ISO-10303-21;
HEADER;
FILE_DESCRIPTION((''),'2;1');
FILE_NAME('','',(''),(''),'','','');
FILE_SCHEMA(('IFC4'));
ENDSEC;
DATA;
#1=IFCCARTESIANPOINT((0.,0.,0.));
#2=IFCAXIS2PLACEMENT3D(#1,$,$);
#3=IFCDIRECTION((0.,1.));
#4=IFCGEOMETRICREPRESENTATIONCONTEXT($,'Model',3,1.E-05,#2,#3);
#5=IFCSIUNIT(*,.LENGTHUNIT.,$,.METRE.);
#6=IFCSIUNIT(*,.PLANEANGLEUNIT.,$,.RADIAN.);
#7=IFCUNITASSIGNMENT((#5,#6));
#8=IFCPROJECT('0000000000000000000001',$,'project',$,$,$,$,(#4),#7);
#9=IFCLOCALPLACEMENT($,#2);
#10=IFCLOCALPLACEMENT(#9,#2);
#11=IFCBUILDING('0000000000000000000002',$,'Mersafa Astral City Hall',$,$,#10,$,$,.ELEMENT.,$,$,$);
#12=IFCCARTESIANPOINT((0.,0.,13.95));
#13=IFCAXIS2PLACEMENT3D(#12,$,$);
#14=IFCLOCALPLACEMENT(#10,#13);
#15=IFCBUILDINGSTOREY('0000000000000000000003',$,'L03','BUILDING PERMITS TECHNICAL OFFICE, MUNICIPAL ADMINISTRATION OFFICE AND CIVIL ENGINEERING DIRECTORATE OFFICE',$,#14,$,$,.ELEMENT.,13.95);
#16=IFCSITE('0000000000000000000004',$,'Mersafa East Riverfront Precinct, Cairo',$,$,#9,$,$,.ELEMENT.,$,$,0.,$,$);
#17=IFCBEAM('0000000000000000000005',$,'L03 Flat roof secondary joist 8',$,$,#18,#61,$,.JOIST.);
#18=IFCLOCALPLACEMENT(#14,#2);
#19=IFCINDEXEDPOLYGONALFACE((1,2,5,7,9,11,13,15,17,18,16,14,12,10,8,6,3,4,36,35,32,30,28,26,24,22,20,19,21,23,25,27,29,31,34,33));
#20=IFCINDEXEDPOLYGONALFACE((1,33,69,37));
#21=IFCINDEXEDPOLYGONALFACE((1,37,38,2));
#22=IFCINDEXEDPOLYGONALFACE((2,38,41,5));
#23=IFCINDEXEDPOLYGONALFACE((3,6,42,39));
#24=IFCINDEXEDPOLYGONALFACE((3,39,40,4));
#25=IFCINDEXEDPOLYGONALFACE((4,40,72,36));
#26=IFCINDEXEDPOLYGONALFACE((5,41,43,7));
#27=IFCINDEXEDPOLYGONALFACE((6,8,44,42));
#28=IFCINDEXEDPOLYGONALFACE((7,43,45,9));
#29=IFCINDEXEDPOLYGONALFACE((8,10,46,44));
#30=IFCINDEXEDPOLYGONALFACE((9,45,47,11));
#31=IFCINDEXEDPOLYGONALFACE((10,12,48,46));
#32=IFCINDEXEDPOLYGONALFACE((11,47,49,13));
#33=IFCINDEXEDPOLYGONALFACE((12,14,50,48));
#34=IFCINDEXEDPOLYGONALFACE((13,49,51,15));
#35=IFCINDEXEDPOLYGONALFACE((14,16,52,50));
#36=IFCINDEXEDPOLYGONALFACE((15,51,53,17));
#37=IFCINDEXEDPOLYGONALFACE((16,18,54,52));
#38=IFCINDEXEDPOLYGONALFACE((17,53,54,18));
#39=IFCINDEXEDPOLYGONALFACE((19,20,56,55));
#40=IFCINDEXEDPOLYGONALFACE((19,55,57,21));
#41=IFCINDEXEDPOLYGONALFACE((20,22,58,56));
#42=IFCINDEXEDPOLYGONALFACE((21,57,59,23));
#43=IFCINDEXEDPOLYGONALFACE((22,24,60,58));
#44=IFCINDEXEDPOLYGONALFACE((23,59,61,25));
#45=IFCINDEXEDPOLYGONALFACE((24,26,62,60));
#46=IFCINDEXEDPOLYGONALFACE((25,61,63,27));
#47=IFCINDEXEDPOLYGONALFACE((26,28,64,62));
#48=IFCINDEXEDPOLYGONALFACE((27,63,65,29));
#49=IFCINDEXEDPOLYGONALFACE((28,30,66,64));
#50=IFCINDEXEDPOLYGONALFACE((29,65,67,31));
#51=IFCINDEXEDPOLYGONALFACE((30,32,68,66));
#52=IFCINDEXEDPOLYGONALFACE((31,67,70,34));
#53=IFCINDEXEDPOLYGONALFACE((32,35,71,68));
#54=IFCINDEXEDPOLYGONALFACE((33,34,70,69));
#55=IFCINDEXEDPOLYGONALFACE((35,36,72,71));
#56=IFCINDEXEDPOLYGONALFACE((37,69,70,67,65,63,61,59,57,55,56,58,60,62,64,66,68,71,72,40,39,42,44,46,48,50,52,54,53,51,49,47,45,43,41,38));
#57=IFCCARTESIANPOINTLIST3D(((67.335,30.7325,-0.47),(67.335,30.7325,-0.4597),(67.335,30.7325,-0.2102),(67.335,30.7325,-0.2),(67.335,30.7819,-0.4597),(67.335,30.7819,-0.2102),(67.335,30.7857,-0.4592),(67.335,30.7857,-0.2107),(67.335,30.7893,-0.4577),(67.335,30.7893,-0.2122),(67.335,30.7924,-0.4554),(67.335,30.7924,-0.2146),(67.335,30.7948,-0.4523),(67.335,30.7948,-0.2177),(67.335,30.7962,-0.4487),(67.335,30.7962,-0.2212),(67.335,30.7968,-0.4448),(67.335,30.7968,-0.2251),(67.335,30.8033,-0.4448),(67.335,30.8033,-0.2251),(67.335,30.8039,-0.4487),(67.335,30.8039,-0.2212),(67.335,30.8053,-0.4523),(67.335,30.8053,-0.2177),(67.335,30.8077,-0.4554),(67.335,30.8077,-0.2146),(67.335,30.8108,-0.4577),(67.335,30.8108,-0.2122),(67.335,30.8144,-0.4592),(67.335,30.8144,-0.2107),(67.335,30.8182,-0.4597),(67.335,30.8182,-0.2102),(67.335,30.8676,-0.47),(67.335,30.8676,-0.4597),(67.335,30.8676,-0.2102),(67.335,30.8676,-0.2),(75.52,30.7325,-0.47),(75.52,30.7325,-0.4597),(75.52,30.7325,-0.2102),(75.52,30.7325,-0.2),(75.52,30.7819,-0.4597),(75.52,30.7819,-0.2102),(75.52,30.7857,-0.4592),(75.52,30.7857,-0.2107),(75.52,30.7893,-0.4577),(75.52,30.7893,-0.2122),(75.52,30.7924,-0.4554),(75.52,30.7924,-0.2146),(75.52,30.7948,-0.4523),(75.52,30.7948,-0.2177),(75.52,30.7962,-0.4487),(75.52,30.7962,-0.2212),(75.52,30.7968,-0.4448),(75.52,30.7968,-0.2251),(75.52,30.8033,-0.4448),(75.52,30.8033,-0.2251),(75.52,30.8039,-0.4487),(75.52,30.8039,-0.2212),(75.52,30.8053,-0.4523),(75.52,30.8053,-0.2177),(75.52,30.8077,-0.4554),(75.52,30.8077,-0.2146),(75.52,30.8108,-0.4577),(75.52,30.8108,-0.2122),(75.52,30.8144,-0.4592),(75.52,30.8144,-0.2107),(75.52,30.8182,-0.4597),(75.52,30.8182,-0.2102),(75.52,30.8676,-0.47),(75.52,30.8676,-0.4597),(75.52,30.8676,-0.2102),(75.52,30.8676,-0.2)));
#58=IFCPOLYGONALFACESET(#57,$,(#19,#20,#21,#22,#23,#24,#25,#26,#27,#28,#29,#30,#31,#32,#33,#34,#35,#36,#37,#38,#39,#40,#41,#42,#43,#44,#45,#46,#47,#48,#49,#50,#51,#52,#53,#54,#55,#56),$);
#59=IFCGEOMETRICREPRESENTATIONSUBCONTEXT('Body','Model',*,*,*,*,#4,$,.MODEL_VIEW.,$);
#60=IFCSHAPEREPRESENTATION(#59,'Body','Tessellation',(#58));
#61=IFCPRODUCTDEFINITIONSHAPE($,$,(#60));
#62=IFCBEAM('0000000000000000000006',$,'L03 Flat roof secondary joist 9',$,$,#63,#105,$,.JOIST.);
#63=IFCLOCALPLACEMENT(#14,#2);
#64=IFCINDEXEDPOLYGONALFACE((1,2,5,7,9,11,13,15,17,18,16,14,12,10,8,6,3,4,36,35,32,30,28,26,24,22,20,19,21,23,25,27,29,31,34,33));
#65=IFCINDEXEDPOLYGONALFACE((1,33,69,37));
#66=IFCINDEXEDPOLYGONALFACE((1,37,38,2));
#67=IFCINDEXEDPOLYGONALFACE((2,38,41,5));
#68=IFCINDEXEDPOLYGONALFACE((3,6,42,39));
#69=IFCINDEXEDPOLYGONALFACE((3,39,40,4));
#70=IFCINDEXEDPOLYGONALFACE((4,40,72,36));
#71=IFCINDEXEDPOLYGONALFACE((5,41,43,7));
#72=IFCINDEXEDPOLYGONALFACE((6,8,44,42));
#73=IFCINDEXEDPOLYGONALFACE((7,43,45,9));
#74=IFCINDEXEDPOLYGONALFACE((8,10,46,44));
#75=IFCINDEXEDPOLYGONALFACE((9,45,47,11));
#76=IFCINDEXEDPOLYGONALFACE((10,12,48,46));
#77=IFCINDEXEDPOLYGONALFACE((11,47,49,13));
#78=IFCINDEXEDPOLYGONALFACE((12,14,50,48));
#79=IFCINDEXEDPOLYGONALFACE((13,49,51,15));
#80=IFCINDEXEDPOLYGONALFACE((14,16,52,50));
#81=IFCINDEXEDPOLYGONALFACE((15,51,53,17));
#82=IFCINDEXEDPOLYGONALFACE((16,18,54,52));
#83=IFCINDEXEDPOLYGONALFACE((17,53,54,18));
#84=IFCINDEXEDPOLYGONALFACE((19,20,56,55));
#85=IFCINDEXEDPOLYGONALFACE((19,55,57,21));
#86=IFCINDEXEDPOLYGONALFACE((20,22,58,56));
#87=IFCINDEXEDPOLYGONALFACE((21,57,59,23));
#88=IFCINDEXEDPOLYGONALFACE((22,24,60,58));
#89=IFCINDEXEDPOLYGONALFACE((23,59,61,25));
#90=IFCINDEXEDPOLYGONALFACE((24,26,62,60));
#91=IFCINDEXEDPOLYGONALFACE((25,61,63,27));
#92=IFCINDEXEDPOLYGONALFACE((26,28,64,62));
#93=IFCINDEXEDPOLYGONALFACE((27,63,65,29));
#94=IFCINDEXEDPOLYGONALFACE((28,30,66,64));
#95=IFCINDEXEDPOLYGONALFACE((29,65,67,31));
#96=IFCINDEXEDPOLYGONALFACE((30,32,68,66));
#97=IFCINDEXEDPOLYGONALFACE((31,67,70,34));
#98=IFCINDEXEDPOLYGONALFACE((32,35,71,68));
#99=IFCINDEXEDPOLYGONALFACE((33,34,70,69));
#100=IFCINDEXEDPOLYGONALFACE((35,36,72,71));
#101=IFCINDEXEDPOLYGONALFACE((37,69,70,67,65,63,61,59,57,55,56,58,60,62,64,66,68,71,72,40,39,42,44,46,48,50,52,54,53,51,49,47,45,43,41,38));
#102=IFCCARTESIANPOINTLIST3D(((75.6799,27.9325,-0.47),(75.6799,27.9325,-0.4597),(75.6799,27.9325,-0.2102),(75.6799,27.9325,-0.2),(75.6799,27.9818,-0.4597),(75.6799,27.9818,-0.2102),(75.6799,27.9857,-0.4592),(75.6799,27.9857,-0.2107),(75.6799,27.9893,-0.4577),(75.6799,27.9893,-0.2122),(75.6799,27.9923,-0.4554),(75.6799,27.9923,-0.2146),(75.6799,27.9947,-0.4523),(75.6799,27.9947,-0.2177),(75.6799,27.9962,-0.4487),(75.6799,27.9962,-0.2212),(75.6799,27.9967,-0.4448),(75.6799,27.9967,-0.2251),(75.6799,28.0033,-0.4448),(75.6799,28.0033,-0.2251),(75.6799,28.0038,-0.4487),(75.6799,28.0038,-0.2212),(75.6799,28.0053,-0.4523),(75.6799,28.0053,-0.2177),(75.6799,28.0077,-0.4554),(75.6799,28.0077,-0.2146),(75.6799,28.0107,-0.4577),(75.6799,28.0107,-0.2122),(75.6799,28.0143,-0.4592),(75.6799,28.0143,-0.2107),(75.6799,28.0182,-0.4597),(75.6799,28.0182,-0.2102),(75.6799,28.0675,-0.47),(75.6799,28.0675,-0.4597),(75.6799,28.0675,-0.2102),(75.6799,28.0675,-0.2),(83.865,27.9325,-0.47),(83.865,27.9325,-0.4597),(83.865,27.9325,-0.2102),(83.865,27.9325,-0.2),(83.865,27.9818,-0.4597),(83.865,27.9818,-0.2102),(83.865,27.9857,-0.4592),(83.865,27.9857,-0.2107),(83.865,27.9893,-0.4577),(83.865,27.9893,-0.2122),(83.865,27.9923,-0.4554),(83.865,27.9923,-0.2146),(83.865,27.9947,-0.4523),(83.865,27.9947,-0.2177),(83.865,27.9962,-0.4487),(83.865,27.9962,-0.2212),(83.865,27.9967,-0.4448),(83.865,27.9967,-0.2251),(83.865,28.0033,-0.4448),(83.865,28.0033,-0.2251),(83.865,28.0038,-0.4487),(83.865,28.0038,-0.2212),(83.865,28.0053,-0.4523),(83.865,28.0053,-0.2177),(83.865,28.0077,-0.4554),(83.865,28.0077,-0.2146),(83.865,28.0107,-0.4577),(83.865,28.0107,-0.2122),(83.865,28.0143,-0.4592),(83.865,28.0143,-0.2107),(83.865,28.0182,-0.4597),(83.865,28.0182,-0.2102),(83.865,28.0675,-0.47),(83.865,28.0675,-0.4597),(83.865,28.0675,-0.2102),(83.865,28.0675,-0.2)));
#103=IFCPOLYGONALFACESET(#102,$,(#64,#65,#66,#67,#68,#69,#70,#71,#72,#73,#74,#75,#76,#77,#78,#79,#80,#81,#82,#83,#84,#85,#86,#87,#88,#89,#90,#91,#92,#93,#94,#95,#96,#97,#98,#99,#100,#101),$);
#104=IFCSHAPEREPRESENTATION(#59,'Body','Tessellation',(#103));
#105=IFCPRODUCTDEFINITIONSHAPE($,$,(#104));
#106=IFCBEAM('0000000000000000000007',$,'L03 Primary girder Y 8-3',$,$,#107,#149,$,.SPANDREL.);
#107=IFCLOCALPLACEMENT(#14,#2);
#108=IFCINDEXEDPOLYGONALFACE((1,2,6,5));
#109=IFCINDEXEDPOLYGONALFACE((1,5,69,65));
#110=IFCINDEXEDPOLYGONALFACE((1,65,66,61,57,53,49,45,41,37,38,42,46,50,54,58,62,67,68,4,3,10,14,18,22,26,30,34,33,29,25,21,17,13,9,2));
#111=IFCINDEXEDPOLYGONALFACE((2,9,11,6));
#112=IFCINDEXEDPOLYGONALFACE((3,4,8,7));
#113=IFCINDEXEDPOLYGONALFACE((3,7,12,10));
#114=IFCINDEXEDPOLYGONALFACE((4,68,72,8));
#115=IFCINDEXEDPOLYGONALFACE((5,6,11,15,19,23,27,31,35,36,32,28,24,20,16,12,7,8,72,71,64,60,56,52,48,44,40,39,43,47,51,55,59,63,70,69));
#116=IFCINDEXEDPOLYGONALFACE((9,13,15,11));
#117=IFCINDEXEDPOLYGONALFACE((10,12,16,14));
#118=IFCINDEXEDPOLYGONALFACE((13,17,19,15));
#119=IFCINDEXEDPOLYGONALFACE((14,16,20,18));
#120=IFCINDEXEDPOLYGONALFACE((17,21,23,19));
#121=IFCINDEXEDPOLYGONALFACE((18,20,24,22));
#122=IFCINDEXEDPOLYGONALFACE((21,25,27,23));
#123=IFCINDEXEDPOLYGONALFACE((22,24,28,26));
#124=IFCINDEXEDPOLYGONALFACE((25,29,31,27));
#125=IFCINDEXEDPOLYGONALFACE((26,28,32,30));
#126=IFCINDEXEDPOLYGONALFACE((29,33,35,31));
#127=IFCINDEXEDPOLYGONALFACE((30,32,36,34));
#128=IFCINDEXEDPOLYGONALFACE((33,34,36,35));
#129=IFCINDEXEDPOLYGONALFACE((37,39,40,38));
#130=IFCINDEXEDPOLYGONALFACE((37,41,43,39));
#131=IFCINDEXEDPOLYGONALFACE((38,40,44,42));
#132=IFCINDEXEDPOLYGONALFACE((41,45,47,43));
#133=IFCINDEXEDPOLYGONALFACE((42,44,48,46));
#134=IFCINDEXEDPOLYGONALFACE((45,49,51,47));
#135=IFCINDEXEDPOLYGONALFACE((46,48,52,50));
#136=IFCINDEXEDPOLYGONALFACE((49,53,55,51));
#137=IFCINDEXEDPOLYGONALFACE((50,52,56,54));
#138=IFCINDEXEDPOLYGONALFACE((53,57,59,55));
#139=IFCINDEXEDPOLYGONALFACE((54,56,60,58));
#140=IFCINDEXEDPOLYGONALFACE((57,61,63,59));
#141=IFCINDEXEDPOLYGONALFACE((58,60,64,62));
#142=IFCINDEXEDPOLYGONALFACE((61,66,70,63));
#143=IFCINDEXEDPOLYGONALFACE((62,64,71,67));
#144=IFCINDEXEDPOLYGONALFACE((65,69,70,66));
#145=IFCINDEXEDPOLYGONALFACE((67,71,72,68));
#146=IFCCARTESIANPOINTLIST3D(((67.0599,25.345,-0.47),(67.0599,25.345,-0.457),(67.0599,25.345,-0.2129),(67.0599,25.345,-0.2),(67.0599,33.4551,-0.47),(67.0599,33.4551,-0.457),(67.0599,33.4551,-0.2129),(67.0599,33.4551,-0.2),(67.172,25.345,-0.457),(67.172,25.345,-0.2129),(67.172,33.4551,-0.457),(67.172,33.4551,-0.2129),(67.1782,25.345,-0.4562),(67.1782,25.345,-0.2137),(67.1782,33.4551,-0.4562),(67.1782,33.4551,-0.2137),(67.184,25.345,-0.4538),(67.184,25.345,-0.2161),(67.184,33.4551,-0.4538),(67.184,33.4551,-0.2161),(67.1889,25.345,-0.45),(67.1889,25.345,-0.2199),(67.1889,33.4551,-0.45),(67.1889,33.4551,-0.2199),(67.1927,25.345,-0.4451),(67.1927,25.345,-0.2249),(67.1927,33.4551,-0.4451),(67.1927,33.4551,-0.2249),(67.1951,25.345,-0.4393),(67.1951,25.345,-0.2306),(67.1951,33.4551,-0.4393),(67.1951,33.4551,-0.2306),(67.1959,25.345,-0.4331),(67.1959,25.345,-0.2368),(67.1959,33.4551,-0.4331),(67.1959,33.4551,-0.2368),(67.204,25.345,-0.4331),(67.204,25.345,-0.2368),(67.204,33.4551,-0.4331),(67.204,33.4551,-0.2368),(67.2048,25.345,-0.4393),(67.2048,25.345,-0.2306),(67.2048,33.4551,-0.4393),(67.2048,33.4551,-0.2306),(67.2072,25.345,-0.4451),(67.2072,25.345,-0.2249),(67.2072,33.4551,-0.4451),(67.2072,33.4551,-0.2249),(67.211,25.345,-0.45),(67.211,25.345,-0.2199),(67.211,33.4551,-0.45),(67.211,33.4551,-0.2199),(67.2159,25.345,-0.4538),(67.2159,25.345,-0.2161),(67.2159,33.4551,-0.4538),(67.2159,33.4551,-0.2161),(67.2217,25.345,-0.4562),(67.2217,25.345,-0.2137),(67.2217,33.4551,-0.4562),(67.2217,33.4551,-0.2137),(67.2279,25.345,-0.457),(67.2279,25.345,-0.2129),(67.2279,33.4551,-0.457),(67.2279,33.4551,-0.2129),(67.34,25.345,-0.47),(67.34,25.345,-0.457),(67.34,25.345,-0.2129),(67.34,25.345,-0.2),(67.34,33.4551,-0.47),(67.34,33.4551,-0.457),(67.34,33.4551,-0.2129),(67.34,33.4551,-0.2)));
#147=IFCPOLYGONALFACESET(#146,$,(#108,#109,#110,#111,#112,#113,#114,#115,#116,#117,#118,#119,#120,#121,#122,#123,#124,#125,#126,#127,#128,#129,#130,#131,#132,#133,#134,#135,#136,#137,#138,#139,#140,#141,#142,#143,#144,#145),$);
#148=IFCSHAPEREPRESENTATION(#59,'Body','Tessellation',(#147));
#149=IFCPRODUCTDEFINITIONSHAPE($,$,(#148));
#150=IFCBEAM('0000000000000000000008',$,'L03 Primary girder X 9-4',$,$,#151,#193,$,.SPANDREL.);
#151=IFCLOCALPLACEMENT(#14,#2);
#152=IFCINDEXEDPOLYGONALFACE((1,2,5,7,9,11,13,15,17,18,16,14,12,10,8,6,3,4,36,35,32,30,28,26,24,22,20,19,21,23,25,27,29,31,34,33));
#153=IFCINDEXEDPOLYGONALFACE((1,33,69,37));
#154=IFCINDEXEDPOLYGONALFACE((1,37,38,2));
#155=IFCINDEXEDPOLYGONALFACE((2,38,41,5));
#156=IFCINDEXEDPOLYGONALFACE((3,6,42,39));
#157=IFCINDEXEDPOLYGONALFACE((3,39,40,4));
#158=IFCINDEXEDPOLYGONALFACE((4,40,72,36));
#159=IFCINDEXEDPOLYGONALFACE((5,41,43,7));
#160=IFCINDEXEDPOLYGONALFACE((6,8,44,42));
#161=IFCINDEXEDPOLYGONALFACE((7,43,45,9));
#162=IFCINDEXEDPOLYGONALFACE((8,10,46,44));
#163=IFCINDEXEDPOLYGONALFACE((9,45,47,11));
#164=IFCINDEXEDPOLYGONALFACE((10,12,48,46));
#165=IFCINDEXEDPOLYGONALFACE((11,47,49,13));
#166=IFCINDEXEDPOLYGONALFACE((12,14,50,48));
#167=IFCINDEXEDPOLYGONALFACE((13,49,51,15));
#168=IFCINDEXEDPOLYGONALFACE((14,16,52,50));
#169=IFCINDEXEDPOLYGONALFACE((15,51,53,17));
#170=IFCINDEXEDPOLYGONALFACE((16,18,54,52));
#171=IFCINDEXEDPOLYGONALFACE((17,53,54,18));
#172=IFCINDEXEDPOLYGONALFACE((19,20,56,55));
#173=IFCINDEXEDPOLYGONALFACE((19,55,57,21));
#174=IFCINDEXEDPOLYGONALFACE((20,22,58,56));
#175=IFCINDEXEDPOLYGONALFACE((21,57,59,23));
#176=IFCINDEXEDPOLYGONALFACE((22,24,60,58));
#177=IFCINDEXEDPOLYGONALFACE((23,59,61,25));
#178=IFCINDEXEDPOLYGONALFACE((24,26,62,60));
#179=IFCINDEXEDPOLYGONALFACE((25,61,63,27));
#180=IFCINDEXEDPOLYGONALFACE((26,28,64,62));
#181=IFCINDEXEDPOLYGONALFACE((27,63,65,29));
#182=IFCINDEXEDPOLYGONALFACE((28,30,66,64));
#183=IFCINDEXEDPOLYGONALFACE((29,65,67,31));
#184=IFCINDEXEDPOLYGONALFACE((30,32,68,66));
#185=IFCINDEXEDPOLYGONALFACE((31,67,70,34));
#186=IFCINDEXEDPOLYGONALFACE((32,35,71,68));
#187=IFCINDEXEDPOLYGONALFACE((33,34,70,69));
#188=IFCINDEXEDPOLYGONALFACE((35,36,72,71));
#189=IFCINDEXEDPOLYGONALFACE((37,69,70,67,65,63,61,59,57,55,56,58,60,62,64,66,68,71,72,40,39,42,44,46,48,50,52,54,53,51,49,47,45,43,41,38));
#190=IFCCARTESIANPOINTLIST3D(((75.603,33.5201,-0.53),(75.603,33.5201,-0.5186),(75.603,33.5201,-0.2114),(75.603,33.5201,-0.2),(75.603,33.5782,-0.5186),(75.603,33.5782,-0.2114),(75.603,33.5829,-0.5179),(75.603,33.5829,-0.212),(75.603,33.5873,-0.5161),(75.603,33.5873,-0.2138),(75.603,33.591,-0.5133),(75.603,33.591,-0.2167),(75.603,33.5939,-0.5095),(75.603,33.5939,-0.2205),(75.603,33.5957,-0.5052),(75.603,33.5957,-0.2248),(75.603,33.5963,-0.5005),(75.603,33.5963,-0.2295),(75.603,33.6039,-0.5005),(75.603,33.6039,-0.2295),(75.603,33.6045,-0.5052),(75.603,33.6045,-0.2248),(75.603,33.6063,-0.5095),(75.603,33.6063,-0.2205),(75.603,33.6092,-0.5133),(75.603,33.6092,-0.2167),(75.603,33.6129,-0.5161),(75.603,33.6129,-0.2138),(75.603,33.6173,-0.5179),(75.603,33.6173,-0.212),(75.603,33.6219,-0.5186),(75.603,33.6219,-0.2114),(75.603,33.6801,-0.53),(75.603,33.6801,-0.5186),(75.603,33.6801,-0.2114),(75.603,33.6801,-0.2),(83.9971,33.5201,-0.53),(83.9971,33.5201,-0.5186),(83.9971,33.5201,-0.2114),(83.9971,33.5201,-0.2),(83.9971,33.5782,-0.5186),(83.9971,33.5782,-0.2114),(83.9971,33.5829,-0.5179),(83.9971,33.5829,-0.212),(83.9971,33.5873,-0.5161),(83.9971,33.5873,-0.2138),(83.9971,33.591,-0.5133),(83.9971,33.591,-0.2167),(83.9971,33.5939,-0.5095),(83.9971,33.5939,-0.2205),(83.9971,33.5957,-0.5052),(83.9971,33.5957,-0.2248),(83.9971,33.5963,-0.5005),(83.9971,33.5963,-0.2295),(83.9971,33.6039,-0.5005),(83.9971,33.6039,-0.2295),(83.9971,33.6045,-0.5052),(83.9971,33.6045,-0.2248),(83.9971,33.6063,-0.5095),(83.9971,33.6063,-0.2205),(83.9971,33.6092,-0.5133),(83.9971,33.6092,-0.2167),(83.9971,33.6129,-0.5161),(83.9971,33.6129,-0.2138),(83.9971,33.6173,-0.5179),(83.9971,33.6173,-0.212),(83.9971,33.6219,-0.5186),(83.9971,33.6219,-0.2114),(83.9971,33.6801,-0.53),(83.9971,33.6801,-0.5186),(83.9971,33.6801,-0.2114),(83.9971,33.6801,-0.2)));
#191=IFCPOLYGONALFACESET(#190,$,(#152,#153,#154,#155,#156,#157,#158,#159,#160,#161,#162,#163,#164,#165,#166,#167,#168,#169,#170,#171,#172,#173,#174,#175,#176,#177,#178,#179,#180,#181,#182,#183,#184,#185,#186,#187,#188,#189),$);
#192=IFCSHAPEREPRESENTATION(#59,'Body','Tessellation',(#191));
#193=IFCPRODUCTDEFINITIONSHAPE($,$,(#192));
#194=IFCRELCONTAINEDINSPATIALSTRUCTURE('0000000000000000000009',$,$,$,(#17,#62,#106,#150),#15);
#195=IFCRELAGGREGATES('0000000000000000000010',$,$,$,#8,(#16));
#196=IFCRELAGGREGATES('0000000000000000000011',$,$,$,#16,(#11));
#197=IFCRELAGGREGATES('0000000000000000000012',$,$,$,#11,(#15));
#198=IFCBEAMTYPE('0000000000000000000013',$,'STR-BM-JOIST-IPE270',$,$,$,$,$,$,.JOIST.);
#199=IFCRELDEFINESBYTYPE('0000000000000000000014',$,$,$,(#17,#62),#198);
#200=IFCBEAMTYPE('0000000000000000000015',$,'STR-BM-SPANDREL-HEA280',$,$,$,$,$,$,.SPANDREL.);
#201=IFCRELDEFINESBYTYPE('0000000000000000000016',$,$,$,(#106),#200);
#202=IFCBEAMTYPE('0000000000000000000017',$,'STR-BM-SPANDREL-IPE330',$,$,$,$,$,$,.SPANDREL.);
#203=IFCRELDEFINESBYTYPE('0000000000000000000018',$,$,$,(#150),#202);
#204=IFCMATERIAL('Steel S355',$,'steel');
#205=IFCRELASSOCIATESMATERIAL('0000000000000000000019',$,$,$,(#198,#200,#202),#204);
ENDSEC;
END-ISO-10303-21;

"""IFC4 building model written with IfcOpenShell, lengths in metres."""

from ifc_helpers import new_model, si_unit, direction, frame, origin, origin_2d, place, context, subcontext, project, spatial, i_section, extrude, material, material_profile, profile_set, type_object, element, save


model = new_model("IFC4")

# Units and contexts
model_context = context("Model", 3, precision=1e-05, world=origin(), true_north=direction((0.0, 1.0)))
body_context = subcontext(model_context, "Body", "Model", "MODEL_VIEW")
ifc_project = project(units=[si_unit("LENGTHUNIT", "METRE"), si_unit("PLANEANGLEUNIT", "RADIAN")], contexts=[model_context])

# Site, building, storey
site_placement = place(None, origin())
site = spatial("IfcSite", under=ifc_project, at=site_placement, Name="Mersafa East Riverfront Precinct, Cairo", CompositionType="ELEMENT", RefElevation=0.0)
building_placement = place(site_placement, origin())
building = spatial("IfcBuilding", under=site, at=building_placement, Name="Mersafa Astral City Hall", CompositionType="ELEMENT")
storey_placement = place(building_placement, frame((0.0, 0.0, 13.95)))
storey = spatial("IfcBuildingStorey", under=building, at=storey_placement, Name="L03", Description="BUILDING PERMITS TECHNICAL OFFICE, MUNICIPAL ADMINISTRATION OFFICE AND CIVIL ENGINEERING DIRECTORATE OFFICE", CompositionType="ELEMENT", Elevation=13.95)

# Shared definitions
ifc_material_1 = material(Name="Steel S355", Category="steel")

# Beams
ifc_material_profile_1 = material_profile(ifc_material_1, i_section(OverallWidth=0.135, OverallDepth=0.27, WebThickness=0.0066, FlangeThickness=0.0103, FilletRadius=0.0149, at=origin_2d()), Name="IPE 270")
ifc_profile_set_1 = profile_set([ifc_material_profile_1], Name="Steel S355")
beam_type_1 = type_object("IfcBeamType", Name="STR-BM-JOIST-IPE270", PredefinedType="JOIST", material=ifc_profile_set_1)
for number, where, z_axis, x_axis, name in (
    (1, (67.335, 30.8, -0.335), (1.0, 0.0, 0.0), (0.0, 1.0, 0.0), "L03 Flat roof secondary joist 8"),
    (2, (75.6799, 28.0, -0.335), (1.0, 0.0, 0.0), (0.0, 1.0, 0.0), "L03 Flat roof secondary joist 9"),
):
    element("IfcBeam", number, at=place(storey_placement, frame(where, z_axis=z_axis, x_axis=x_axis)), inside=storey, type_object=beam_type_1, Name=name, PredefinedType="JOIST", context=body_context, shape_type="SweptSolid", body=[
        extrude(i_section(OverallWidth=0.135, OverallDepth=0.27, WebThickness=0.0066, FlangeThickness=0.0103, FilletRadius=0.0149, at=origin_2d()), origin(), (0.0, 0.0, 1.0), 8.1851),
    ])
ifc_material_profile_2 = material_profile(ifc_material_1, i_section(OverallWidth=0.28, OverallDepth=0.27, WebThickness=0.0081, FlangeThickness=0.0129, FilletRadius=0.0239, at=origin_2d()), Name="HEA 280")
ifc_profile_set_2 = profile_set([ifc_material_profile_2], Name="Steel S355")
beam_type_2 = type_object("IfcBeamType", Name="STR-BM-SPANDREL-HEA280", PredefinedType="SPANDREL", material=ifc_profile_set_2)
beam_1_placement = place(storey_placement, frame((67.2, 25.345, -0.335), z_axis=(0.0, 1.0, 0.0), x_axis=(-1.0, 0.0, 0.0)))
element("IfcBeam", 3, at=beam_1_placement, inside=storey, type_object=beam_type_2, Name="L03 Primary girder Y 8-3", PredefinedType="SPANDREL", context=body_context, shape_type="SweptSolid", body=[
    extrude(i_section(OverallWidth=0.28, OverallDepth=0.27, WebThickness=0.0081, FlangeThickness=0.0129, FilletRadius=0.0239, at=origin_2d()), origin(), (0.0, 0.0, 1.0), 8.1101),
])
ifc_material_profile_3 = material_profile(ifc_material_1, i_section(OverallWidth=0.1599, OverallDepth=0.3301, WebThickness=0.0076, FlangeThickness=0.0115, FilletRadius=0.0181, at=origin_2d()), Name="IPE 330")
ifc_profile_set_3 = profile_set([ifc_material_profile_3], Name="Steel S355")
beam_type_3 = type_object("IfcBeamType", Name="STR-BM-SPANDREL-IPE330", PredefinedType="SPANDREL", material=ifc_profile_set_3)
beam_2_placement = place(storey_placement, frame((75.603, 33.6001, -0.365), z_axis=(1.0, 0.0, 0.0), x_axis=(0.0, 1.0, 0.0)))
element("IfcBeam", 4, at=beam_2_placement, inside=storey, type_object=beam_type_3, Name="L03 Primary girder X 9-4", PredefinedType="SPANDREL", context=body_context, shape_type="SweptSolid", body=[
    extrude(i_section(OverallWidth=0.1599, OverallDepth=0.3301, WebThickness=0.0076, FlangeThickness=0.0115, FilletRadius=0.0181, at=origin_2d()), origin(), (0.0, 0.0, 1.0), 8.394),
])

save(model, "model.ifc")
